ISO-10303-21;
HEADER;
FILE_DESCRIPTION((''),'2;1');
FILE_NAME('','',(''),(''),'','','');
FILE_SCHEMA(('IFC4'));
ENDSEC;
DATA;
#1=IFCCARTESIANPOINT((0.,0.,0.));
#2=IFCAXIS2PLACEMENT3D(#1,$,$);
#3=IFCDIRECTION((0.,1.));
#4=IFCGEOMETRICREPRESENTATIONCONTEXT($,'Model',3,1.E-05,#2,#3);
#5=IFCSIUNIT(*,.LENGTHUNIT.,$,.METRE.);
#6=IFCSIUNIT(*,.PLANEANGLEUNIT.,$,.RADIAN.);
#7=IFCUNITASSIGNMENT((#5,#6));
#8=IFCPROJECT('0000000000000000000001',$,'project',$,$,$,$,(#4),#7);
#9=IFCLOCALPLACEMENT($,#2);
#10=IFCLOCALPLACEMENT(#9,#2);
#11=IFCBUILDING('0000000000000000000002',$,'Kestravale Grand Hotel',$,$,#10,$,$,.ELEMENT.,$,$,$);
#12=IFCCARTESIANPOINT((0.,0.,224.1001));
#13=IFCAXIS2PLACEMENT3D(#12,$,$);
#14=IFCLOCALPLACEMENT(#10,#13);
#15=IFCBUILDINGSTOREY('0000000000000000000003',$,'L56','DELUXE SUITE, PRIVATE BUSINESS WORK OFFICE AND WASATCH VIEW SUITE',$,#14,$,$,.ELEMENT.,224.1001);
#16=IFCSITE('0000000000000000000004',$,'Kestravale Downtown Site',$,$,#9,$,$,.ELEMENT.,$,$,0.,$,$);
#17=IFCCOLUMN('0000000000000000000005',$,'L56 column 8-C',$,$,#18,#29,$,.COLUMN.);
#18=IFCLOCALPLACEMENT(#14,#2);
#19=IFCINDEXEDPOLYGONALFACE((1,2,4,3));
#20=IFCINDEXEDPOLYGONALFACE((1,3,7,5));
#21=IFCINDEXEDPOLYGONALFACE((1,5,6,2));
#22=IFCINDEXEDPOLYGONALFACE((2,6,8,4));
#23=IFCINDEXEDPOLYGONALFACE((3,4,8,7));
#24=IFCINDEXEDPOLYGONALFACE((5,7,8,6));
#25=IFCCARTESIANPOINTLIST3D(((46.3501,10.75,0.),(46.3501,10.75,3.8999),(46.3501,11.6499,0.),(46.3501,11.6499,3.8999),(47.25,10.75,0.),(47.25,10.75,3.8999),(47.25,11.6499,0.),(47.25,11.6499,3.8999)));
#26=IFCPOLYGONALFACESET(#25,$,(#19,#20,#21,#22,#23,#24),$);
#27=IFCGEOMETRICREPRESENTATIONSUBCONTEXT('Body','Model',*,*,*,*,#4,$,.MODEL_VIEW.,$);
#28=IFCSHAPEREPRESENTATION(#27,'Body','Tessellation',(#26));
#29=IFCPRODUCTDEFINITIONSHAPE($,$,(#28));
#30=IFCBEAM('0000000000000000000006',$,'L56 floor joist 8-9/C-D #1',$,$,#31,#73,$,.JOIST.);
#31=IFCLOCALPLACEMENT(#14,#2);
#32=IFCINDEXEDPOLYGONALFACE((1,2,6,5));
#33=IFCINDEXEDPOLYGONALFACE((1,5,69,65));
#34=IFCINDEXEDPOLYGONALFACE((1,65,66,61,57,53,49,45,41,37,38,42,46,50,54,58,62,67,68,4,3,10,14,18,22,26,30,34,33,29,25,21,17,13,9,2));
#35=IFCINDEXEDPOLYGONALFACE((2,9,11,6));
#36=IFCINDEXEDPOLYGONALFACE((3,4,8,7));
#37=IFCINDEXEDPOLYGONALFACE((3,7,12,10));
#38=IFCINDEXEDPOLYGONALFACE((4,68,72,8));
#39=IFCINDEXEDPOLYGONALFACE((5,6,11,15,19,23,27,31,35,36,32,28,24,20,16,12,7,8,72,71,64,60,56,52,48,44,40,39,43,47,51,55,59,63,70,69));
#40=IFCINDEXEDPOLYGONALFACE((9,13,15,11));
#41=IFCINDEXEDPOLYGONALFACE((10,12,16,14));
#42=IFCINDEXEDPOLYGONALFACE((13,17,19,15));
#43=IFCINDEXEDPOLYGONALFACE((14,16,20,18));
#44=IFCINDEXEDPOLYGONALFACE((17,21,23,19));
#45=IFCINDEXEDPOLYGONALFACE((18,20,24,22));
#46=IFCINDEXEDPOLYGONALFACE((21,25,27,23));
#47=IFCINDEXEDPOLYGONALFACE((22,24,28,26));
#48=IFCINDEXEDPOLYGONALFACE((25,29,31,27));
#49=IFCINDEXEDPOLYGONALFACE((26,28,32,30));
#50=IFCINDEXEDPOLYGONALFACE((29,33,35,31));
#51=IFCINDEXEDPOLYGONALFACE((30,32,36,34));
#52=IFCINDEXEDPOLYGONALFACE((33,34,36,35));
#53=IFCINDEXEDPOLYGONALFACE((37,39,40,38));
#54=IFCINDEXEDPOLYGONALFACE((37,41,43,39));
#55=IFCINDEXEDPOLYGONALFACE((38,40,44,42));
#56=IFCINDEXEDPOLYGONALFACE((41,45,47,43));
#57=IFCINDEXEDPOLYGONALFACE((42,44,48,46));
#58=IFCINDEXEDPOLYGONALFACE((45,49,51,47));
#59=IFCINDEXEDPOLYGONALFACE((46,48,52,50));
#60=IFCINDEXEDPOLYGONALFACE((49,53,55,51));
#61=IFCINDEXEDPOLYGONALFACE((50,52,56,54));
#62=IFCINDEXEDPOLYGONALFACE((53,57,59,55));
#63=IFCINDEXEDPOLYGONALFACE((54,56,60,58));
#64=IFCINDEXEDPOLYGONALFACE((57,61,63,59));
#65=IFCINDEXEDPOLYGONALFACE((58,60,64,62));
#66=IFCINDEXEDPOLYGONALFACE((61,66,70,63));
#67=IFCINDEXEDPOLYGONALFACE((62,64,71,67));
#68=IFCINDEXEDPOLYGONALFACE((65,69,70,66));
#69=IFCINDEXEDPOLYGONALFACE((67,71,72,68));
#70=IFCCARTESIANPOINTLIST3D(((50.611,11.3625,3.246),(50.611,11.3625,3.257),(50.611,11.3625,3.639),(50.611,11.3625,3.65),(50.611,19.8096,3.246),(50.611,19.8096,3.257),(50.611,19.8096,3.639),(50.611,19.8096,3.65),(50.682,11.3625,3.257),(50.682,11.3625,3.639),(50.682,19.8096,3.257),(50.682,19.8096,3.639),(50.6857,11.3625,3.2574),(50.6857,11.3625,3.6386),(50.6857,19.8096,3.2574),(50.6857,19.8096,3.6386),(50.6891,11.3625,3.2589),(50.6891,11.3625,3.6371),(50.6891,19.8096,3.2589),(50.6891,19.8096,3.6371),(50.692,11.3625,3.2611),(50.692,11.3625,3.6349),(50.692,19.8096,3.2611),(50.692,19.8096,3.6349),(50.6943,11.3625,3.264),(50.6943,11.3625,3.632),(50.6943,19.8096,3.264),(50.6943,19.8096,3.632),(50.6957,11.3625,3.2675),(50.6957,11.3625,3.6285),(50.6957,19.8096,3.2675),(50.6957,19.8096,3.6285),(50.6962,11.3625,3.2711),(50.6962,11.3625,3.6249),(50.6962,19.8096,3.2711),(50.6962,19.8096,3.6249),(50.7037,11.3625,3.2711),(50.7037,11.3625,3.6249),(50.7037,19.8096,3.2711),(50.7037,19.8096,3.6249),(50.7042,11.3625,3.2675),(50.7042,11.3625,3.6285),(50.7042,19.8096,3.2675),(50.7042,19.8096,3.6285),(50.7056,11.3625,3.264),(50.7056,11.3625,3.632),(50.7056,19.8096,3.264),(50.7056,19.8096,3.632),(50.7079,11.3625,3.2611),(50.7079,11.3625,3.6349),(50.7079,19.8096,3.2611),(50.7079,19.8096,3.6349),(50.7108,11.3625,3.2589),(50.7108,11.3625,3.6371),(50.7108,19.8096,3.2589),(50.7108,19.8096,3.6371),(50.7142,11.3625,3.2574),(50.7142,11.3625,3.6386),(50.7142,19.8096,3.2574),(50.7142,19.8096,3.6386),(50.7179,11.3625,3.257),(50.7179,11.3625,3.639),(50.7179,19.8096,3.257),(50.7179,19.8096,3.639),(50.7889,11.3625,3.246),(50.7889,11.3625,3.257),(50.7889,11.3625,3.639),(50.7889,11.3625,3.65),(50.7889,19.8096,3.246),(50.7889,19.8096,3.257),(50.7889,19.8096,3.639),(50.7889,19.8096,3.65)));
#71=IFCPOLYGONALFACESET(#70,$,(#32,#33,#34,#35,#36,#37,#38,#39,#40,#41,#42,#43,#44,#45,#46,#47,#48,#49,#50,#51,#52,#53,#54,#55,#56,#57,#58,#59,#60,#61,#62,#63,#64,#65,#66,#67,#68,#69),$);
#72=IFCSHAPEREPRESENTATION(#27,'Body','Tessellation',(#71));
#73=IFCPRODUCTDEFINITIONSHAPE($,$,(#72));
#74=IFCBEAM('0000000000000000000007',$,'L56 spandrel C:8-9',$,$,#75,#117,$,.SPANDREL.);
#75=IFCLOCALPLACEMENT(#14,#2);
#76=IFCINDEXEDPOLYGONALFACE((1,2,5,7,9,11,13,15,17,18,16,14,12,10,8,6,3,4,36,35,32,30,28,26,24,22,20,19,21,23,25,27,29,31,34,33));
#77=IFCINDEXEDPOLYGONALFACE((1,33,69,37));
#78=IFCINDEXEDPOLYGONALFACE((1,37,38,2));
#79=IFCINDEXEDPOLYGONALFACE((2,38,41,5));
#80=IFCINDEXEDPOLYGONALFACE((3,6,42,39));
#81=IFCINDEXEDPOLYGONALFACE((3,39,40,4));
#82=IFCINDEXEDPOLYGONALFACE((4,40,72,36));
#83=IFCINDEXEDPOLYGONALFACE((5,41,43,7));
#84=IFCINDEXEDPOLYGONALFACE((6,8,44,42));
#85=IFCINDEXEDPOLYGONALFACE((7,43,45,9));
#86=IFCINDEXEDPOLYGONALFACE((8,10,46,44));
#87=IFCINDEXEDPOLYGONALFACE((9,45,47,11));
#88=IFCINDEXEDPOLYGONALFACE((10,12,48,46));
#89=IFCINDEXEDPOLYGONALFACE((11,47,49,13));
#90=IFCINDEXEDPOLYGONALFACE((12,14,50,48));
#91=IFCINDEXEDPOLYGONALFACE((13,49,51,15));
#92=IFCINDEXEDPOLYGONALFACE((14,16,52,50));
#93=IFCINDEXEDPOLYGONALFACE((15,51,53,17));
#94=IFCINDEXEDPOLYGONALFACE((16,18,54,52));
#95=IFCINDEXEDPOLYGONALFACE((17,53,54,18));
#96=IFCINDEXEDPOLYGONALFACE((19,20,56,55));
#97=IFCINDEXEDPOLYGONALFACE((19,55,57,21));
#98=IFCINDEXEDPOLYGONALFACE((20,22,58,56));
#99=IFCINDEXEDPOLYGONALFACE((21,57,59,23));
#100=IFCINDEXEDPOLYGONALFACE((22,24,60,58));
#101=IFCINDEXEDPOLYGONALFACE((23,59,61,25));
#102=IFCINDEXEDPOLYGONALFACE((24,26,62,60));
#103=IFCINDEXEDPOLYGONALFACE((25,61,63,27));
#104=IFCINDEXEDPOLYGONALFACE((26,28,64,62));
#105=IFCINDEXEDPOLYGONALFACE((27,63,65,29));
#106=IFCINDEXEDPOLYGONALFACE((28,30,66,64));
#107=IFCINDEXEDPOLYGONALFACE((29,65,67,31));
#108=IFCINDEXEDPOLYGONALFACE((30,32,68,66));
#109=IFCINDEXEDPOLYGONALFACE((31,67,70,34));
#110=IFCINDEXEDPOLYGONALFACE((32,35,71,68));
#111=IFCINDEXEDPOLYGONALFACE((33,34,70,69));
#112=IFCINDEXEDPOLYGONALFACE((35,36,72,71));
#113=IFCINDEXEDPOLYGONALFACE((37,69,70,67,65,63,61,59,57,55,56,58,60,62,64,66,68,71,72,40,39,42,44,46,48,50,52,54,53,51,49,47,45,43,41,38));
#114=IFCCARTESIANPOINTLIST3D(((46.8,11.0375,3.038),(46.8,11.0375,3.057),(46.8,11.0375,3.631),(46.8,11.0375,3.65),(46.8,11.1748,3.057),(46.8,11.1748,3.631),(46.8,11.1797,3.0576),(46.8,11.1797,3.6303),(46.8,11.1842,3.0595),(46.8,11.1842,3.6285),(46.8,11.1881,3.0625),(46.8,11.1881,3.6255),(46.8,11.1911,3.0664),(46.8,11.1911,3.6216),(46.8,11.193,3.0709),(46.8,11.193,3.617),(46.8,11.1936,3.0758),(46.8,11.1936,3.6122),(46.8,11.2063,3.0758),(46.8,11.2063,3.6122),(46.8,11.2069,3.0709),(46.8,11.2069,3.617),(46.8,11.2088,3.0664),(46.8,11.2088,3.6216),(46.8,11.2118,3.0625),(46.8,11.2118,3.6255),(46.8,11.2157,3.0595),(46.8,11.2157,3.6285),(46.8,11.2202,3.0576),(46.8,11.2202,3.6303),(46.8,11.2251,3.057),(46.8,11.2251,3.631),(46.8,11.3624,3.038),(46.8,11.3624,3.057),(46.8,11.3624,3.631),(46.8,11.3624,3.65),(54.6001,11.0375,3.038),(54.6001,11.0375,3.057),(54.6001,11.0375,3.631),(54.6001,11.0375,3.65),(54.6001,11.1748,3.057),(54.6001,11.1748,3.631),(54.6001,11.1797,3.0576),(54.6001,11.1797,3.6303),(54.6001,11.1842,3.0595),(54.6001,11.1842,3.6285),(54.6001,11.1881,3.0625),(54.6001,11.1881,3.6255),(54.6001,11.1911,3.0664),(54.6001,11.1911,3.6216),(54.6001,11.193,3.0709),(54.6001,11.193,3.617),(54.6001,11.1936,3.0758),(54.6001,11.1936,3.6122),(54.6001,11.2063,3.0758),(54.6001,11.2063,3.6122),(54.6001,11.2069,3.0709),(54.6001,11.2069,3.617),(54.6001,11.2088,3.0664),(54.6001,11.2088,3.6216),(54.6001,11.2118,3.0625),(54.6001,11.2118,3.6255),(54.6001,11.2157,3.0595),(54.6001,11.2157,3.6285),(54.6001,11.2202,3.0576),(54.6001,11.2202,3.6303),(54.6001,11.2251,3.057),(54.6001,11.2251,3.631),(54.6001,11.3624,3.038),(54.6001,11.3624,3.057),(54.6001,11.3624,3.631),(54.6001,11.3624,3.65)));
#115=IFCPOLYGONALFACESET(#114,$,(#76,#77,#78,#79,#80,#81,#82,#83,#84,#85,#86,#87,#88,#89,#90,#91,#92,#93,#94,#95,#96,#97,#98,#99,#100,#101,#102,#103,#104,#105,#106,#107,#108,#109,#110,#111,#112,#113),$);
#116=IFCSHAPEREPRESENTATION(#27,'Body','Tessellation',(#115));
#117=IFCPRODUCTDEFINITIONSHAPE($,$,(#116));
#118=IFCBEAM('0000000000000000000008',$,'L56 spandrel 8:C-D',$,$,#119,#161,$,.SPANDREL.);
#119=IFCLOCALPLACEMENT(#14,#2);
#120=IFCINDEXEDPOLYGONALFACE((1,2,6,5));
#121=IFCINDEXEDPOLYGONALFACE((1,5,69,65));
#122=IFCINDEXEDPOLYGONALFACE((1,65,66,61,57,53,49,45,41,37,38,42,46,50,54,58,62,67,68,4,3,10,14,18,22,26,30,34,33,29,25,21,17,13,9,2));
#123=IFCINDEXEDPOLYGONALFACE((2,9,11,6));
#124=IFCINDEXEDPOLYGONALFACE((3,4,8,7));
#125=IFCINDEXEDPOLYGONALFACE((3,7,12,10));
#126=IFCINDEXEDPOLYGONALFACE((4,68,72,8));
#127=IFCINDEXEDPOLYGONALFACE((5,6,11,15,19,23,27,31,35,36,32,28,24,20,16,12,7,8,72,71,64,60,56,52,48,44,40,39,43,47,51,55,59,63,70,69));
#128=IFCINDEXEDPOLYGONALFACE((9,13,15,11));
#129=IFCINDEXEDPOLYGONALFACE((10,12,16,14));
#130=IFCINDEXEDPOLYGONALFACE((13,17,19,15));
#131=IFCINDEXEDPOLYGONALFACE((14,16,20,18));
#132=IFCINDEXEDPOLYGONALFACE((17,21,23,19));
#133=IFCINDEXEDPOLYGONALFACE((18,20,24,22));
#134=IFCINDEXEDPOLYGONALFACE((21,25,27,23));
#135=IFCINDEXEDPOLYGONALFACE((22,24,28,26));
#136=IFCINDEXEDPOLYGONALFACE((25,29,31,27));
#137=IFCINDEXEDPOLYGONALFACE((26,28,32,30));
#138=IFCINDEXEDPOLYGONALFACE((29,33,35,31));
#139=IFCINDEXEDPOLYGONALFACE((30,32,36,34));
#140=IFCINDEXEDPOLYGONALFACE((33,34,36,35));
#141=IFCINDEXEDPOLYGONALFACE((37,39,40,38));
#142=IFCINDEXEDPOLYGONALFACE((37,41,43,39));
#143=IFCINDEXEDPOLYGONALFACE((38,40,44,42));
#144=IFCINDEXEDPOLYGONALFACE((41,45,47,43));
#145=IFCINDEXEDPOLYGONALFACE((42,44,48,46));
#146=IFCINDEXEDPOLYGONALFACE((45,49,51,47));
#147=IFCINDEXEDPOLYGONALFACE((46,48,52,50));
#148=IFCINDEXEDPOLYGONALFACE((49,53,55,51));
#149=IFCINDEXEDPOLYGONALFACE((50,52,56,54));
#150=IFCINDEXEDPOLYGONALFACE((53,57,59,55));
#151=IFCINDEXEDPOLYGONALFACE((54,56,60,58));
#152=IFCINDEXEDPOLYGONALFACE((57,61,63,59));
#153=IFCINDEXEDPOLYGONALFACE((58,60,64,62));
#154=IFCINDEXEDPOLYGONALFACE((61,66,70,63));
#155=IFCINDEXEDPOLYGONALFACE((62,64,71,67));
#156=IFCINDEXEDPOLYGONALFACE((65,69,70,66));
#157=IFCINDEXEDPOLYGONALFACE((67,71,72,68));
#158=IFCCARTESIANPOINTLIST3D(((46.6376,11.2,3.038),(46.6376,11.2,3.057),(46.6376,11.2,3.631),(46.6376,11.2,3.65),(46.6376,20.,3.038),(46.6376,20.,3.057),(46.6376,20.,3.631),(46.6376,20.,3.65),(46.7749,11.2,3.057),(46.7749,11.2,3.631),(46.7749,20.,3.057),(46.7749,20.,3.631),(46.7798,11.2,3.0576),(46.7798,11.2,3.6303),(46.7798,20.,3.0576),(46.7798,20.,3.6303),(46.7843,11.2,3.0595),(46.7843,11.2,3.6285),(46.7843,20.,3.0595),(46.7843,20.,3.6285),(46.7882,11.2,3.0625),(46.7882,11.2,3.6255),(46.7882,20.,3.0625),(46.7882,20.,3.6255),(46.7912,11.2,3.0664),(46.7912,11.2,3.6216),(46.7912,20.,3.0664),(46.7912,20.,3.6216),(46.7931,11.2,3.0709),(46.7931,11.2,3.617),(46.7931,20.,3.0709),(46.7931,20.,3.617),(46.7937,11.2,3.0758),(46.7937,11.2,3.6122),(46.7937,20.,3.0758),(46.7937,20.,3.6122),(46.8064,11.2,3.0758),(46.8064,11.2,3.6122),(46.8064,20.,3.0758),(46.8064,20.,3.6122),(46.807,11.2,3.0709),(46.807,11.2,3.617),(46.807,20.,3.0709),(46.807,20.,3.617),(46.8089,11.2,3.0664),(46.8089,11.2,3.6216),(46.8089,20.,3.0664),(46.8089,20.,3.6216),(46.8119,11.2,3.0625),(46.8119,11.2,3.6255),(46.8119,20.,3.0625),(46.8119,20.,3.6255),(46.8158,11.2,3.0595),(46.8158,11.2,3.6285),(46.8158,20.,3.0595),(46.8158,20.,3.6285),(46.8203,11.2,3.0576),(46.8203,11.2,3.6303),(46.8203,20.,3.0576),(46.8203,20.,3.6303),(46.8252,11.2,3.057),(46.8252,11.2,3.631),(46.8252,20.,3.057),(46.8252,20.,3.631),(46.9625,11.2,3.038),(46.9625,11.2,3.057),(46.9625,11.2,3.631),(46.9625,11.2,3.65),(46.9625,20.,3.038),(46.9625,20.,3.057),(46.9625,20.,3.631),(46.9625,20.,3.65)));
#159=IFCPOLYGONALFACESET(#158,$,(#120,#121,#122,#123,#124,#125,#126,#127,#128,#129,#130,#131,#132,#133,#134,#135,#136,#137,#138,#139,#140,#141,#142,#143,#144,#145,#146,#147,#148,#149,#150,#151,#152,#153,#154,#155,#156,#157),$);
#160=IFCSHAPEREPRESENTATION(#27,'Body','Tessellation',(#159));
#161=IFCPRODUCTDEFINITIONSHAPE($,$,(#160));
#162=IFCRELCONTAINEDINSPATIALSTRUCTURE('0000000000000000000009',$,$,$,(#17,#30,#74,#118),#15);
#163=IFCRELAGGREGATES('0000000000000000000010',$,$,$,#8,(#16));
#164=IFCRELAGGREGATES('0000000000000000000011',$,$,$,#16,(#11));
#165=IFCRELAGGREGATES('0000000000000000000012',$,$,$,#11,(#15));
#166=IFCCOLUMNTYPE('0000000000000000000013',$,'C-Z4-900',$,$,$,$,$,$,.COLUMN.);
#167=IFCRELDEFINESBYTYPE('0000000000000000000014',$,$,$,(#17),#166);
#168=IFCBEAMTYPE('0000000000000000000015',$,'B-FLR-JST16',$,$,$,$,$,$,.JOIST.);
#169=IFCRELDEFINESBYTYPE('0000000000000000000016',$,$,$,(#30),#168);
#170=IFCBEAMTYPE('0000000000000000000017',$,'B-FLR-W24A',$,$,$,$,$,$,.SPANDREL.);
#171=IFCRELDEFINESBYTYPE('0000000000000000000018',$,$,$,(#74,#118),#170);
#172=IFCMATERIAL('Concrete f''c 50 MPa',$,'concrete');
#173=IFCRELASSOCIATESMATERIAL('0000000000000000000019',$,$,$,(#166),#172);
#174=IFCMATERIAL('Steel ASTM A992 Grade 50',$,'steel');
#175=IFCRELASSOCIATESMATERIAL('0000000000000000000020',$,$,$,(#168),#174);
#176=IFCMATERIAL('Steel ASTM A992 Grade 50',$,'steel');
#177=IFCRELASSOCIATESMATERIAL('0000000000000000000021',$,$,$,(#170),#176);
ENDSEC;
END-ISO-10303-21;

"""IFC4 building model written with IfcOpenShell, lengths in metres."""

from ifc_helpers import new_model, si_unit, direction, frame, origin, origin_2d, place, context, subcontext, project, spatial, rectangle, i_section, extrude, material, material_profile, profile_set, type_object, element, save


model = new_model("IFC4")

# Units and contexts
model_context = context("Model", 3, precision=1e-05, world=origin(), true_north=direction((0.0, 1.0)))
body_context = subcontext(model_context, "Body", "Model", "MODEL_VIEW")
ifc_project = project(units=[si_unit("LENGTHUNIT", "METRE"), si_unit("PLANEANGLEUNIT", "RADIAN")], contexts=[model_context])

# Site, building, storey
site_placement = place(None, origin())
site = spatial("IfcSite", under=ifc_project, at=site_placement, Name="Kestravale Downtown Site", CompositionType="ELEMENT", RefElevation=0.0)
building_placement = place(site_placement, origin())
building = spatial("IfcBuilding", under=site, at=building_placement, Name="Kestravale Grand Hotel", CompositionType="ELEMENT")
storey_placement = place(building_placement, frame((0.0, 0.0, 224.1001)))
storey = spatial("IfcBuildingStorey", under=building, at=storey_placement, Name="L56", Description="DELUXE SUITE, PRIVATE BUSINESS WORK OFFICE AND WASATCH VIEW SUITE", CompositionType="ELEMENT", Elevation=224.1001)

# Column
ifc_material_1 = material(Name="Concrete f'c 50 MPa", Category="concrete")
ifc_material_profile_1 = material_profile(ifc_material_1, rectangle(XDim=0.8999, YDim=0.8999, at=origin_2d()))
ifc_profile_set_1 = profile_set([ifc_material_profile_1], Name="Concrete f'c 50 MPa")
column_type = type_object("IfcColumnType", Name="C-Z4-900", PredefinedType="COLUMN", material=ifc_profile_set_1)
column_placement = place(storey_placement, frame((46.8, 11.2, 0.0), z_axis=(0.0, 0.0, 1.0), x_axis=(1.0, 0.0, 0.0)))
element("IfcColumn", 1, at=column_placement, inside=storey, type_object=column_type, Name="L56 column 8-C", PredefinedType="COLUMN", context=body_context, shape_type="SweptSolid", body=[
    extrude(rectangle(XDim=0.8999, YDim=0.8999, at=origin_2d()), origin(), (0.0, 0.0, 1.0), 3.8999),
])

# Beams
ifc_material_2 = material(Name="Steel ASTM A992 Grade 50", Category="steel")
ifc_material_profile_2 = material_profile(ifc_material_2, i_section(OverallWidth=0.178, OverallDepth=0.4041, WebThickness=0.0076, FlangeThickness=0.011, FilletRadius=0.0142, at=origin_2d()))
ifc_profile_set_2 = profile_set([ifc_material_profile_2], Name="Steel ASTM A992 Grade 50")
beam_type_1 = type_object("IfcBeamType", Name="B-FLR-JST16", PredefinedType="JOIST", material=ifc_profile_set_2)
beam_1_placement = place(storey_placement, frame((50.7, 11.3625, 3.448), z_axis=(0.0, 1.0, 0.0), x_axis=(-1.0, 0.0, 0.0)))
element("IfcBeam", 2, at=beam_1_placement, inside=storey, type_object=beam_type_1, Name="L56 floor joist 8-9/C-D #1", PredefinedType="JOIST", context=body_context, shape_type="SweptSolid", body=[
    extrude(i_section(OverallWidth=0.178, OverallDepth=0.4041, WebThickness=0.0076, FlangeThickness=0.011, FilletRadius=0.0142, at=origin_2d()), origin(), (0.0, 0.0, 1.0), 8.447),
])
ifc_material_3 = material(Name="Steel ASTM A992 Grade 50", Category="steel")
ifc_material_profile_3 = material_profile(ifc_material_3, i_section(OverallWidth=0.325, OverallDepth=0.6121, WebThickness=0.0127, FlangeThickness=0.019, FilletRadius=0.0188, at=origin_2d()))
ifc_profile_set_3 = profile_set([ifc_material_profile_3], Name="Steel ASTM A992 Grade 50")
beam_type_2 = type_object("IfcBeamType", Name="B-FLR-W24A", PredefinedType="SPANDREL", material=ifc_profile_set_3)
beam_2_placement = place(storey_placement, frame((46.8, 11.2, 3.344), z_axis=(1.0, 0.0, 0.0), x_axis=(0.0, 1.0, 0.0)))
element("IfcBeam", 3, at=beam_2_placement, inside=storey, type_object=beam_type_2, Name="L56 spandrel C:8-9", PredefinedType="SPANDREL", context=body_context, shape_type="SweptSolid", body=[
    extrude(i_section(OverallWidth=0.325, OverallDepth=0.6121, WebThickness=0.0127, FlangeThickness=0.019, FilletRadius=0.0188, at=origin_2d()), origin(), (0.0, 0.0, 1.0), 7.8),
])
beam_3_placement = place(storey_placement, frame((46.8, 11.2, 3.344), z_axis=(0.0, 1.0, 0.0), x_axis=(-1.0, 0.0, 0.0)))
element("IfcBeam", 4, at=beam_3_placement, inside=storey, type_object=beam_type_2, Name="L56 spandrel 8:C-D", PredefinedType="SPANDREL", context=body_context, shape_type="SweptSolid", body=[
    extrude(i_section(OverallWidth=0.325, OverallDepth=0.6121, WebThickness=0.0127, FlangeThickness=0.019, FilletRadius=0.0188, at=origin_2d()), origin(), (0.0, 0.0, 1.0), 8.8),
])

save(model, "model.ifc")
